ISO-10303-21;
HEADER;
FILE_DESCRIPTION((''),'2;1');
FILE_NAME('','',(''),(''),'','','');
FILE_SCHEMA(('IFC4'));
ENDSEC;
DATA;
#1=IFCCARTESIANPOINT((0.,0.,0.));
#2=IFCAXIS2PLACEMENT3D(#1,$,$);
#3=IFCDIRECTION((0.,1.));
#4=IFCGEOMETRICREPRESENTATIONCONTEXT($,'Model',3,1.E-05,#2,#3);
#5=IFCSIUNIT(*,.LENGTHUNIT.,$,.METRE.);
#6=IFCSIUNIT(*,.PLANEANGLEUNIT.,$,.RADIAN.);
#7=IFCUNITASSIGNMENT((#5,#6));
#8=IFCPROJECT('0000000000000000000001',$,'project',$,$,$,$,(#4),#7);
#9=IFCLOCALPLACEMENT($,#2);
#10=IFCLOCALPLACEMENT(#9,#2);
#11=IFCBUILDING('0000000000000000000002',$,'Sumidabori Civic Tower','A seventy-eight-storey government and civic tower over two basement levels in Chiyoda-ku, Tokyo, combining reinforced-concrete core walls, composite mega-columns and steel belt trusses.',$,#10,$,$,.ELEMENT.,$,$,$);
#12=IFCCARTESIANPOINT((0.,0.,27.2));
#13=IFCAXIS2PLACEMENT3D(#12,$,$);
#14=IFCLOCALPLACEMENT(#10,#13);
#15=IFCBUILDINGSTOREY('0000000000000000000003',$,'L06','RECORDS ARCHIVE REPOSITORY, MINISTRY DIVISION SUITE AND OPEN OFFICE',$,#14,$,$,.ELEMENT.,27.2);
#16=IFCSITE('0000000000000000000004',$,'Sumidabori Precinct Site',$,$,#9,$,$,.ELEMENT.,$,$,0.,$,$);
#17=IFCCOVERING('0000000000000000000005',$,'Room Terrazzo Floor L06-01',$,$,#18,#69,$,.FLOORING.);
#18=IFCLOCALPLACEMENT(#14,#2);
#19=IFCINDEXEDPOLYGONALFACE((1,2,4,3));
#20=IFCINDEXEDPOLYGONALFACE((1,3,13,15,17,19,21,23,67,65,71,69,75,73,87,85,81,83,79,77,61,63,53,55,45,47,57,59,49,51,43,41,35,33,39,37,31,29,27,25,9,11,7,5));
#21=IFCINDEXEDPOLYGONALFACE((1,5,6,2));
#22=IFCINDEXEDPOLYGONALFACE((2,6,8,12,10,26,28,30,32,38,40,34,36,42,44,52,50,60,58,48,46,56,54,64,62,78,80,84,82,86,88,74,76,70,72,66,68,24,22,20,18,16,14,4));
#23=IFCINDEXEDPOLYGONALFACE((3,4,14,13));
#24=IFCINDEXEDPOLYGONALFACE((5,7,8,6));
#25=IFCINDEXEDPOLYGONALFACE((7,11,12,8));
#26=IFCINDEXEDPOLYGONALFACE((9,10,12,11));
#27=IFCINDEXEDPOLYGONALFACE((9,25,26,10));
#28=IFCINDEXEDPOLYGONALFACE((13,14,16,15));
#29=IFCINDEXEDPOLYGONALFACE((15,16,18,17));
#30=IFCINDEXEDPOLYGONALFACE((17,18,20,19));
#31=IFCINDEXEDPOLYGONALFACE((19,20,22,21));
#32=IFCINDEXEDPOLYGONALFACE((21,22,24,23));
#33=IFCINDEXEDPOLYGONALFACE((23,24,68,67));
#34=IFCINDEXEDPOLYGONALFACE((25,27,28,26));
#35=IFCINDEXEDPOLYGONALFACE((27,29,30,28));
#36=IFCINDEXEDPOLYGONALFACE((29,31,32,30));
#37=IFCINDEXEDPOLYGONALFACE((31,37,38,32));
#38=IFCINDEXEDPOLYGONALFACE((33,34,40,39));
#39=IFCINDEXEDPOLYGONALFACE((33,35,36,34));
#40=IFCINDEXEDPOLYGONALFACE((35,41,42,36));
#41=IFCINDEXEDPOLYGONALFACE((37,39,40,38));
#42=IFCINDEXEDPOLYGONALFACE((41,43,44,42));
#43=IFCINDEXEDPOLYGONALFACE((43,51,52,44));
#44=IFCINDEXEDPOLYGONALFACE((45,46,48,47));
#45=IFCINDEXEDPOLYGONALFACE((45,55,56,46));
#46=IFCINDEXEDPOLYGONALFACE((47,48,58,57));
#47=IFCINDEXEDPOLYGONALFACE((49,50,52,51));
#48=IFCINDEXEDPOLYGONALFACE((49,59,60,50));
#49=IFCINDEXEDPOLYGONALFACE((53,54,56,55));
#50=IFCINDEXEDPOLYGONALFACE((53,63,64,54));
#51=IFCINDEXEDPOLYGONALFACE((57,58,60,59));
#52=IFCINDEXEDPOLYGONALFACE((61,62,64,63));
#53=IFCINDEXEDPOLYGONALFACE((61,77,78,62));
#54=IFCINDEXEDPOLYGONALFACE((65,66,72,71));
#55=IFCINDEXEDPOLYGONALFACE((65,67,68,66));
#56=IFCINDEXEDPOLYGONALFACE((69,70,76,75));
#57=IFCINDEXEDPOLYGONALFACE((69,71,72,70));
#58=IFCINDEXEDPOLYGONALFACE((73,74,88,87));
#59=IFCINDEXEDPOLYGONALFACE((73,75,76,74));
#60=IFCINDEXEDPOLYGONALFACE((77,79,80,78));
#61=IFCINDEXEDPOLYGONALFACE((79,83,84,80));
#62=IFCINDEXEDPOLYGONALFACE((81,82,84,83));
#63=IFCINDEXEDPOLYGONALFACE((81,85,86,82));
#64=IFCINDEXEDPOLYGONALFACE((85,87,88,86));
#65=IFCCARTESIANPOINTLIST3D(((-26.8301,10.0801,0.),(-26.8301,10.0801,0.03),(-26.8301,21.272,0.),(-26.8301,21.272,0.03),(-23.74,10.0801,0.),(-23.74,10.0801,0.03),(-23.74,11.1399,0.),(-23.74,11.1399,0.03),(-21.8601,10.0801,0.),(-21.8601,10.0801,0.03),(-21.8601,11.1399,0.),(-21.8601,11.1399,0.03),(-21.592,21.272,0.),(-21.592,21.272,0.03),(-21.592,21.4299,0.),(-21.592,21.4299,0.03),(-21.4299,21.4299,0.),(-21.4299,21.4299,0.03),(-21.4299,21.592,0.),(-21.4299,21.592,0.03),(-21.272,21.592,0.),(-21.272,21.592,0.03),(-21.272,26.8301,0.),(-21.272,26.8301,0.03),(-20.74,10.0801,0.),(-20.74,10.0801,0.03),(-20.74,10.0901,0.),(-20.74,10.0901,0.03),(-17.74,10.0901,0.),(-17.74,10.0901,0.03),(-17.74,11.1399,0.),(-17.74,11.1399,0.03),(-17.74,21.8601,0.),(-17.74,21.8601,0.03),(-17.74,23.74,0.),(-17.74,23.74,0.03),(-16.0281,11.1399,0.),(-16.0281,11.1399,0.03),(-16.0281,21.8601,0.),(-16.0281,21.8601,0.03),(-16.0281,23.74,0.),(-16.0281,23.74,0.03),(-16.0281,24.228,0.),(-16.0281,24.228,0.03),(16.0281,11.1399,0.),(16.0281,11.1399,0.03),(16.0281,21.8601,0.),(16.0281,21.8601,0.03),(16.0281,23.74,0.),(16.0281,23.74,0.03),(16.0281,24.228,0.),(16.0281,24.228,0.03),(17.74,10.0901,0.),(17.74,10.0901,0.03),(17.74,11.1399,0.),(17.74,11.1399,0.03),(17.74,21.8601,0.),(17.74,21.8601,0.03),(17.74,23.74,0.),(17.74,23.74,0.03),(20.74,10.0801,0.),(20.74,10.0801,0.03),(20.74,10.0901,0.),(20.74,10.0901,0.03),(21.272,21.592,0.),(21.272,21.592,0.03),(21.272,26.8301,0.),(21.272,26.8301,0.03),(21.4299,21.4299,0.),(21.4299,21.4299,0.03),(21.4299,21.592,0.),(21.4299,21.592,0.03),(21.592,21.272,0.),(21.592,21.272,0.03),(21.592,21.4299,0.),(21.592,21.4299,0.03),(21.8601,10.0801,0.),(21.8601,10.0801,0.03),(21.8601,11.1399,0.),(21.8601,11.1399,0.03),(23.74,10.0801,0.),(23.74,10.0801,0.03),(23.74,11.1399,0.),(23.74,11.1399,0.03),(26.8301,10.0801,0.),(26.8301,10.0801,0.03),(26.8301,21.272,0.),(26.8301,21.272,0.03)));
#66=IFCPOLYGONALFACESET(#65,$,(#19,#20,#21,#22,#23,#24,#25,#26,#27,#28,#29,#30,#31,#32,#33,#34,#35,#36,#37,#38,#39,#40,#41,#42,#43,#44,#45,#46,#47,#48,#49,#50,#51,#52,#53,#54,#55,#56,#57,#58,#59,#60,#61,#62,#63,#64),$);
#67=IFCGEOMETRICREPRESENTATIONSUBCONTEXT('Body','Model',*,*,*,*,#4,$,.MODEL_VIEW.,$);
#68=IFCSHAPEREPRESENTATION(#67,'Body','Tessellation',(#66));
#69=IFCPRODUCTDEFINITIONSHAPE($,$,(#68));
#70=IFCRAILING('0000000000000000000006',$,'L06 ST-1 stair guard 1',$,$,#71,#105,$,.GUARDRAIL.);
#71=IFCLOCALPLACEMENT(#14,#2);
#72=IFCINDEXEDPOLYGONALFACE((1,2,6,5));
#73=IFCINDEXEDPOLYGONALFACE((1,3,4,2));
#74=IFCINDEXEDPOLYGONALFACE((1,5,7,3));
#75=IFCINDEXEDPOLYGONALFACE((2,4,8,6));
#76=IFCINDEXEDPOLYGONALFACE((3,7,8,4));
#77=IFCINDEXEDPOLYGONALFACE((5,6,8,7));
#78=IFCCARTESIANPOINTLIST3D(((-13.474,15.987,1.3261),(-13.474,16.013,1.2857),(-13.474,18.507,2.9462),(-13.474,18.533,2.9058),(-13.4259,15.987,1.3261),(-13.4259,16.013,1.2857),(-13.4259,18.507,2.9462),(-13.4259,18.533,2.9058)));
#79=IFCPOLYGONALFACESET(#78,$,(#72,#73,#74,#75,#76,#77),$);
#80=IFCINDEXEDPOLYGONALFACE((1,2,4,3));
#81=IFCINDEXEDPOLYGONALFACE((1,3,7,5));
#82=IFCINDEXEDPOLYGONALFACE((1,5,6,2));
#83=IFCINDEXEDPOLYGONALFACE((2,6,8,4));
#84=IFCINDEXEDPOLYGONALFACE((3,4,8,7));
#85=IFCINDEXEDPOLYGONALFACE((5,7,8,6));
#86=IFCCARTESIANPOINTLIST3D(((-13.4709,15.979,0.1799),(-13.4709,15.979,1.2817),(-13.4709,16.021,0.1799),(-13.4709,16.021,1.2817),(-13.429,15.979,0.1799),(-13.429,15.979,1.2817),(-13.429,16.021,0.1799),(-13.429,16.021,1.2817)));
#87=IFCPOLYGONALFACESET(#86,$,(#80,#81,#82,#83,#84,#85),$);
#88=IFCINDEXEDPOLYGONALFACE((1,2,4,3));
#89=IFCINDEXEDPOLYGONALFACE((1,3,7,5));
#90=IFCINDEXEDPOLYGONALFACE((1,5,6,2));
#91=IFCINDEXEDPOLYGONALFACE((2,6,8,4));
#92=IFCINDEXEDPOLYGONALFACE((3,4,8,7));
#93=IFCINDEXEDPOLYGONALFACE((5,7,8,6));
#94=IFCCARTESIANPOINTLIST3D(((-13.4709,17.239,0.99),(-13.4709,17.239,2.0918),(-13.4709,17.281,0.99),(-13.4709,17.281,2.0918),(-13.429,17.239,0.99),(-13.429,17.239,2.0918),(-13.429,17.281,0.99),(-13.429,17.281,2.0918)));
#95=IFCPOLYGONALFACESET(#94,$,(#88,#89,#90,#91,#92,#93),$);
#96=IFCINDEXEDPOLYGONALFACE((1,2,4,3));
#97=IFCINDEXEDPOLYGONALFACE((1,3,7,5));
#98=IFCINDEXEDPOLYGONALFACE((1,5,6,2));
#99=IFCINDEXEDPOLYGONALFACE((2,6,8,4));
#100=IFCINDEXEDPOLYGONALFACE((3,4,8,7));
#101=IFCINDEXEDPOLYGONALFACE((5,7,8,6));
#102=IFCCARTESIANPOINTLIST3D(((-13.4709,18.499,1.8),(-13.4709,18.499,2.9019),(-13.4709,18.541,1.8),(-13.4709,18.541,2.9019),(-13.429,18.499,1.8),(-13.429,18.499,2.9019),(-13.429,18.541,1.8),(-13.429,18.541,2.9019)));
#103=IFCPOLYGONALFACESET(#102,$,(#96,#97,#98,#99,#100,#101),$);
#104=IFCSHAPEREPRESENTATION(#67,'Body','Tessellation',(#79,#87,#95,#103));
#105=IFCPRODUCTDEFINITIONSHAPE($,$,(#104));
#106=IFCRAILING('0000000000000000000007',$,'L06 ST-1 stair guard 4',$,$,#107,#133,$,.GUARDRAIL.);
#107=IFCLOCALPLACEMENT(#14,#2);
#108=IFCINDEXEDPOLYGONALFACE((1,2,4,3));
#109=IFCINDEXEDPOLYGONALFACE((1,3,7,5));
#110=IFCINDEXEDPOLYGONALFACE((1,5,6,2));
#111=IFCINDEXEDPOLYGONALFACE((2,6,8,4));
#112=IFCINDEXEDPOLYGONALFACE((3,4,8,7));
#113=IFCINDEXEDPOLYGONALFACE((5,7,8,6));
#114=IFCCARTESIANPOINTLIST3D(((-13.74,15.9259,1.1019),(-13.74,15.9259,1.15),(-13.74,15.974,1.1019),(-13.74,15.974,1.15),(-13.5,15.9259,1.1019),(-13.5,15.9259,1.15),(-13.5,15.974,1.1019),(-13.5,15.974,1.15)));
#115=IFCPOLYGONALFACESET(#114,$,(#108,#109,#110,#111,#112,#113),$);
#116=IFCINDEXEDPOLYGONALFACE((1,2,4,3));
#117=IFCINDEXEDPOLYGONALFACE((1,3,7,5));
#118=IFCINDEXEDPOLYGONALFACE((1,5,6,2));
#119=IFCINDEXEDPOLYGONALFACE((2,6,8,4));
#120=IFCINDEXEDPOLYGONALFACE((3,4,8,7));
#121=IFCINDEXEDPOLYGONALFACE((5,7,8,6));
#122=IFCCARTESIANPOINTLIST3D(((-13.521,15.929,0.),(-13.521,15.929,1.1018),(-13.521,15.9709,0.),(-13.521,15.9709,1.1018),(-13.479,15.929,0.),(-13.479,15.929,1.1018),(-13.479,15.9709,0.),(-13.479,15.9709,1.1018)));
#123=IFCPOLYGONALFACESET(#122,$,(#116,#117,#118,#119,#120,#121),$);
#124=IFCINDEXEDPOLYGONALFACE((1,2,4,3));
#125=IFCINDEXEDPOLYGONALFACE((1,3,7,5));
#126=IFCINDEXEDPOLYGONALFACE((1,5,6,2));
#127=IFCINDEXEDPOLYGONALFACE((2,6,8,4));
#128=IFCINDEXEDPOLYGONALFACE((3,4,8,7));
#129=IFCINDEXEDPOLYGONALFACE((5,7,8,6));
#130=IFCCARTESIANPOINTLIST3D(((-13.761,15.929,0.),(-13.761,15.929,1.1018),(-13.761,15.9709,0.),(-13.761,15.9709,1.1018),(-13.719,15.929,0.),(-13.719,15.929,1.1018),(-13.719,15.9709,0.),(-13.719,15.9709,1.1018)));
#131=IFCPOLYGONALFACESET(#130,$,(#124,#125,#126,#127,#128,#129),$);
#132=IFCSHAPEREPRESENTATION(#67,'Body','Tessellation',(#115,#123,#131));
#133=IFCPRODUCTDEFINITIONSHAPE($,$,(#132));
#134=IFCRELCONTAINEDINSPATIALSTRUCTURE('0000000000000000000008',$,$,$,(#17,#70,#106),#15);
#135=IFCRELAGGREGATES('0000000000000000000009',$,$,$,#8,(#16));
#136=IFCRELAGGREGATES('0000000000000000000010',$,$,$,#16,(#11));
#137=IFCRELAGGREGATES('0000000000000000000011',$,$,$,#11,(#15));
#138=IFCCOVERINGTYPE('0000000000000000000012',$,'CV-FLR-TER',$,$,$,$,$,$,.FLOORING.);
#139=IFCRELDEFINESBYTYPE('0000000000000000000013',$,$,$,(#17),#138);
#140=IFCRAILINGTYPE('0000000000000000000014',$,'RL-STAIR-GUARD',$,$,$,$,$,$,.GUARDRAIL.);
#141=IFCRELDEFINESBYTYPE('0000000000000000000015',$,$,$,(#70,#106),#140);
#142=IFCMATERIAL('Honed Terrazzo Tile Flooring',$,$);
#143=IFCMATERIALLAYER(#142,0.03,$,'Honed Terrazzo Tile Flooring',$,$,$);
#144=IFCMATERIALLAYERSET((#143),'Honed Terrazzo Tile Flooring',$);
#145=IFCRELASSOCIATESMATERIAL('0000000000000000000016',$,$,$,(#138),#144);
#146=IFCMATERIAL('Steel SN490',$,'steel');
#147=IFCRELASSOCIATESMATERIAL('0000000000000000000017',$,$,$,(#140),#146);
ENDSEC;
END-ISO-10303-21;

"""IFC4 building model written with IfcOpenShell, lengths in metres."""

from ifc_helpers import new_model, si_unit, direction, frame, origin, origin_2d, place, context, subcontext, project, spatial, polyline, rectangle, outline, extrude, material, layer, layer_set, type_object, element, save


model = new_model("IFC4")

# Units and contexts
model_context = context("Model", 3, precision=1e-05, world=origin(), true_north=direction((0.0, 1.0)))
body_context = subcontext(model_context, "Body", "Model", "MODEL_VIEW")
ifc_project = project(units=[si_unit("LENGTHUNIT", "METRE"), si_unit("PLANEANGLEUNIT", "RADIAN")], contexts=[model_context])

# Site, building, storey
site_placement = place(None, origin())
site = spatial("IfcSite", under=ifc_project, at=site_placement, Name="Sumidabori Precinct Site", CompositionType="ELEMENT", RefElevation=0.0)
building_placement = place(site_placement, origin())
building = spatial("IfcBuilding", under=site, at=building_placement, Name="Sumidabori Civic Tower", Description="A seventy-eight-storey government and civic tower over two basement levels in Chiyoda-ku, Tokyo, combining reinforced-concrete core walls, composite mega-columns and steel belt trusses.", CompositionType="ELEMENT")
storey_placement = place(building_placement, frame((0.0, 0.0, 27.2)))
storey = spatial("IfcBuildingStorey", under=building, at=storey_placement, Name="L06", Description="RECORDS ARCHIVE REPOSITORY, MINISTRY DIVISION SUITE AND OPEN OFFICE", CompositionType="ELEMENT", Elevation=27.2)

# Shared definitions
ifc_material_1 = material(Name="Steel SN490", Category="steel")

# Covering
ifc_material_2 = material(Name="Honed Terrazzo Tile Flooring")
ifc_layer_1 = layer(ifc_material_2, 0.03, Name="Honed Terrazzo Tile Flooring")
ifc_layer_set_1 = layer_set([ifc_layer_1], Name="Honed Terrazzo Tile Flooring")
covering_type_1 = type_object("IfcCoveringType", Name="CV-FLR-TER", PredefinedType="FLOORING", material=ifc_layer_set_1)
covering_1_placement = place(storey_placement, origin())
element("IfcCovering", 1, at=covering_1_placement, inside=storey, type_object=covering_type_1, Name="Room Terrazzo Floor L06-01", PredefinedType="FLOORING", context=body_context, shape_type="SweptSolid", body=[
    extrude(outline(polyline([(-21.8601, 11.1399), (-23.74, 11.1399), (-23.74, 10.0801), (-26.8301, 10.0801), (-26.8301, 21.272), (-21.592, 21.272), (-21.592, 21.4299), (-21.4299, 21.4299), (-21.4299, 21.592), (-21.272, 21.592), (-21.272, 26.8301), (21.272, 26.8301), (21.272, 21.592), (21.4299, 21.592), (21.4299, 21.4299), (21.592, 21.4299), (21.592, 21.272), (26.8301, 21.272), (26.8301, 10.0801), (23.74, 10.0801), (23.74, 11.1399), (21.8601, 11.1399), (21.8601, 10.0801), (20.74, 10.0801), (20.74, 10.0901), (17.74, 10.0901), (17.74, 11.1399), (16.0281, 11.1399), (16.0281, 21.8601), (17.74, 21.8601), (17.74, 23.74), (16.0281, 23.74), (16.0281, 24.228), (-16.0281, 24.228), (-16.0281, 23.74), (-17.74, 23.74), (-17.74, 21.8601), (-16.0281, 21.8601), (-16.0281, 11.1399), (-17.74, 11.1399), (-17.74, 10.0901), (-20.74, 10.0901), (-20.74, 10.0801), (-21.8601, 10.0801), (-21.8601, 11.1399)])), origin(), (0.0, 0.0, 1.0), 0.03),
])

# Railings
railing_type = type_object("IfcRailingType", Name="RL-STAIR-GUARD", PredefinedType="GUARDRAIL", material=ifc_material_1)
railing_1_placement = place(storey_placement, frame((-13.45, 16.0, 0.1799)))
element("IfcRailing", 2, at=railing_1_placement, inside=storey, type_object=railing_type, Name="L06 ST-1 stair guard 1", PredefinedType="GUARDRAIL", context=body_context, shape_type="SweptSolid", body=[
    extrude(rectangle(XDim=0.0481, YDim=0.0481, at=origin_2d()), frame((0.0, 0.0, 1.126), z_axis=(0.0, 0.841163, 0.540782), x_axis=(-1.0, 0.0, 0.0)), (0.0, 0.0, 1.0), 2.9958),
    extrude(rectangle(XDim=0.042, YDim=0.042, at=origin_2d()), origin(), (0.0, 0.0, 1.0), 1.1018),
    extrude(rectangle(XDim=0.042, YDim=0.042, at=origin_2d()), frame((0.0, 1.26, 0.8101)), (0.0, 0.0, 1.0), 1.1018),
    extrude(rectangle(XDim=0.042, YDim=0.042, at=origin_2d()), frame((0.0, 2.52, 1.6201)), (0.0, 0.0, 1.0), 1.1018),
])
railing_2_placement = place(storey_placement, frame((-13.5, 15.95, 0.0)))
element("IfcRailing", 3, at=railing_2_placement, inside=storey, type_object=railing_type, Name="L06 ST-1 stair guard 4", PredefinedType="GUARDRAIL", context=body_context, shape_type="SweptSolid", body=[
    extrude(rectangle(XDim=0.0481, YDim=0.0481, at=origin_2d()), frame((0.0, 0.0, 1.126), z_axis=(-1.0, 0.0, 0.0), x_axis=(0.0, -1.0, 0.0)), (0.0, 0.0, 1.0), 0.24),
    extrude(rectangle(XDim=0.042, YDim=0.042, at=origin_2d()), origin(), (0.0, 0.0, 1.0), 1.1018),
    extrude(rectangle(XDim=0.042, YDim=0.042, at=origin_2d()), frame((-0.24, 0.0, 0.0)), (0.0, 0.0, 1.0), 1.1018),
])

save(model, "model.ifc")
